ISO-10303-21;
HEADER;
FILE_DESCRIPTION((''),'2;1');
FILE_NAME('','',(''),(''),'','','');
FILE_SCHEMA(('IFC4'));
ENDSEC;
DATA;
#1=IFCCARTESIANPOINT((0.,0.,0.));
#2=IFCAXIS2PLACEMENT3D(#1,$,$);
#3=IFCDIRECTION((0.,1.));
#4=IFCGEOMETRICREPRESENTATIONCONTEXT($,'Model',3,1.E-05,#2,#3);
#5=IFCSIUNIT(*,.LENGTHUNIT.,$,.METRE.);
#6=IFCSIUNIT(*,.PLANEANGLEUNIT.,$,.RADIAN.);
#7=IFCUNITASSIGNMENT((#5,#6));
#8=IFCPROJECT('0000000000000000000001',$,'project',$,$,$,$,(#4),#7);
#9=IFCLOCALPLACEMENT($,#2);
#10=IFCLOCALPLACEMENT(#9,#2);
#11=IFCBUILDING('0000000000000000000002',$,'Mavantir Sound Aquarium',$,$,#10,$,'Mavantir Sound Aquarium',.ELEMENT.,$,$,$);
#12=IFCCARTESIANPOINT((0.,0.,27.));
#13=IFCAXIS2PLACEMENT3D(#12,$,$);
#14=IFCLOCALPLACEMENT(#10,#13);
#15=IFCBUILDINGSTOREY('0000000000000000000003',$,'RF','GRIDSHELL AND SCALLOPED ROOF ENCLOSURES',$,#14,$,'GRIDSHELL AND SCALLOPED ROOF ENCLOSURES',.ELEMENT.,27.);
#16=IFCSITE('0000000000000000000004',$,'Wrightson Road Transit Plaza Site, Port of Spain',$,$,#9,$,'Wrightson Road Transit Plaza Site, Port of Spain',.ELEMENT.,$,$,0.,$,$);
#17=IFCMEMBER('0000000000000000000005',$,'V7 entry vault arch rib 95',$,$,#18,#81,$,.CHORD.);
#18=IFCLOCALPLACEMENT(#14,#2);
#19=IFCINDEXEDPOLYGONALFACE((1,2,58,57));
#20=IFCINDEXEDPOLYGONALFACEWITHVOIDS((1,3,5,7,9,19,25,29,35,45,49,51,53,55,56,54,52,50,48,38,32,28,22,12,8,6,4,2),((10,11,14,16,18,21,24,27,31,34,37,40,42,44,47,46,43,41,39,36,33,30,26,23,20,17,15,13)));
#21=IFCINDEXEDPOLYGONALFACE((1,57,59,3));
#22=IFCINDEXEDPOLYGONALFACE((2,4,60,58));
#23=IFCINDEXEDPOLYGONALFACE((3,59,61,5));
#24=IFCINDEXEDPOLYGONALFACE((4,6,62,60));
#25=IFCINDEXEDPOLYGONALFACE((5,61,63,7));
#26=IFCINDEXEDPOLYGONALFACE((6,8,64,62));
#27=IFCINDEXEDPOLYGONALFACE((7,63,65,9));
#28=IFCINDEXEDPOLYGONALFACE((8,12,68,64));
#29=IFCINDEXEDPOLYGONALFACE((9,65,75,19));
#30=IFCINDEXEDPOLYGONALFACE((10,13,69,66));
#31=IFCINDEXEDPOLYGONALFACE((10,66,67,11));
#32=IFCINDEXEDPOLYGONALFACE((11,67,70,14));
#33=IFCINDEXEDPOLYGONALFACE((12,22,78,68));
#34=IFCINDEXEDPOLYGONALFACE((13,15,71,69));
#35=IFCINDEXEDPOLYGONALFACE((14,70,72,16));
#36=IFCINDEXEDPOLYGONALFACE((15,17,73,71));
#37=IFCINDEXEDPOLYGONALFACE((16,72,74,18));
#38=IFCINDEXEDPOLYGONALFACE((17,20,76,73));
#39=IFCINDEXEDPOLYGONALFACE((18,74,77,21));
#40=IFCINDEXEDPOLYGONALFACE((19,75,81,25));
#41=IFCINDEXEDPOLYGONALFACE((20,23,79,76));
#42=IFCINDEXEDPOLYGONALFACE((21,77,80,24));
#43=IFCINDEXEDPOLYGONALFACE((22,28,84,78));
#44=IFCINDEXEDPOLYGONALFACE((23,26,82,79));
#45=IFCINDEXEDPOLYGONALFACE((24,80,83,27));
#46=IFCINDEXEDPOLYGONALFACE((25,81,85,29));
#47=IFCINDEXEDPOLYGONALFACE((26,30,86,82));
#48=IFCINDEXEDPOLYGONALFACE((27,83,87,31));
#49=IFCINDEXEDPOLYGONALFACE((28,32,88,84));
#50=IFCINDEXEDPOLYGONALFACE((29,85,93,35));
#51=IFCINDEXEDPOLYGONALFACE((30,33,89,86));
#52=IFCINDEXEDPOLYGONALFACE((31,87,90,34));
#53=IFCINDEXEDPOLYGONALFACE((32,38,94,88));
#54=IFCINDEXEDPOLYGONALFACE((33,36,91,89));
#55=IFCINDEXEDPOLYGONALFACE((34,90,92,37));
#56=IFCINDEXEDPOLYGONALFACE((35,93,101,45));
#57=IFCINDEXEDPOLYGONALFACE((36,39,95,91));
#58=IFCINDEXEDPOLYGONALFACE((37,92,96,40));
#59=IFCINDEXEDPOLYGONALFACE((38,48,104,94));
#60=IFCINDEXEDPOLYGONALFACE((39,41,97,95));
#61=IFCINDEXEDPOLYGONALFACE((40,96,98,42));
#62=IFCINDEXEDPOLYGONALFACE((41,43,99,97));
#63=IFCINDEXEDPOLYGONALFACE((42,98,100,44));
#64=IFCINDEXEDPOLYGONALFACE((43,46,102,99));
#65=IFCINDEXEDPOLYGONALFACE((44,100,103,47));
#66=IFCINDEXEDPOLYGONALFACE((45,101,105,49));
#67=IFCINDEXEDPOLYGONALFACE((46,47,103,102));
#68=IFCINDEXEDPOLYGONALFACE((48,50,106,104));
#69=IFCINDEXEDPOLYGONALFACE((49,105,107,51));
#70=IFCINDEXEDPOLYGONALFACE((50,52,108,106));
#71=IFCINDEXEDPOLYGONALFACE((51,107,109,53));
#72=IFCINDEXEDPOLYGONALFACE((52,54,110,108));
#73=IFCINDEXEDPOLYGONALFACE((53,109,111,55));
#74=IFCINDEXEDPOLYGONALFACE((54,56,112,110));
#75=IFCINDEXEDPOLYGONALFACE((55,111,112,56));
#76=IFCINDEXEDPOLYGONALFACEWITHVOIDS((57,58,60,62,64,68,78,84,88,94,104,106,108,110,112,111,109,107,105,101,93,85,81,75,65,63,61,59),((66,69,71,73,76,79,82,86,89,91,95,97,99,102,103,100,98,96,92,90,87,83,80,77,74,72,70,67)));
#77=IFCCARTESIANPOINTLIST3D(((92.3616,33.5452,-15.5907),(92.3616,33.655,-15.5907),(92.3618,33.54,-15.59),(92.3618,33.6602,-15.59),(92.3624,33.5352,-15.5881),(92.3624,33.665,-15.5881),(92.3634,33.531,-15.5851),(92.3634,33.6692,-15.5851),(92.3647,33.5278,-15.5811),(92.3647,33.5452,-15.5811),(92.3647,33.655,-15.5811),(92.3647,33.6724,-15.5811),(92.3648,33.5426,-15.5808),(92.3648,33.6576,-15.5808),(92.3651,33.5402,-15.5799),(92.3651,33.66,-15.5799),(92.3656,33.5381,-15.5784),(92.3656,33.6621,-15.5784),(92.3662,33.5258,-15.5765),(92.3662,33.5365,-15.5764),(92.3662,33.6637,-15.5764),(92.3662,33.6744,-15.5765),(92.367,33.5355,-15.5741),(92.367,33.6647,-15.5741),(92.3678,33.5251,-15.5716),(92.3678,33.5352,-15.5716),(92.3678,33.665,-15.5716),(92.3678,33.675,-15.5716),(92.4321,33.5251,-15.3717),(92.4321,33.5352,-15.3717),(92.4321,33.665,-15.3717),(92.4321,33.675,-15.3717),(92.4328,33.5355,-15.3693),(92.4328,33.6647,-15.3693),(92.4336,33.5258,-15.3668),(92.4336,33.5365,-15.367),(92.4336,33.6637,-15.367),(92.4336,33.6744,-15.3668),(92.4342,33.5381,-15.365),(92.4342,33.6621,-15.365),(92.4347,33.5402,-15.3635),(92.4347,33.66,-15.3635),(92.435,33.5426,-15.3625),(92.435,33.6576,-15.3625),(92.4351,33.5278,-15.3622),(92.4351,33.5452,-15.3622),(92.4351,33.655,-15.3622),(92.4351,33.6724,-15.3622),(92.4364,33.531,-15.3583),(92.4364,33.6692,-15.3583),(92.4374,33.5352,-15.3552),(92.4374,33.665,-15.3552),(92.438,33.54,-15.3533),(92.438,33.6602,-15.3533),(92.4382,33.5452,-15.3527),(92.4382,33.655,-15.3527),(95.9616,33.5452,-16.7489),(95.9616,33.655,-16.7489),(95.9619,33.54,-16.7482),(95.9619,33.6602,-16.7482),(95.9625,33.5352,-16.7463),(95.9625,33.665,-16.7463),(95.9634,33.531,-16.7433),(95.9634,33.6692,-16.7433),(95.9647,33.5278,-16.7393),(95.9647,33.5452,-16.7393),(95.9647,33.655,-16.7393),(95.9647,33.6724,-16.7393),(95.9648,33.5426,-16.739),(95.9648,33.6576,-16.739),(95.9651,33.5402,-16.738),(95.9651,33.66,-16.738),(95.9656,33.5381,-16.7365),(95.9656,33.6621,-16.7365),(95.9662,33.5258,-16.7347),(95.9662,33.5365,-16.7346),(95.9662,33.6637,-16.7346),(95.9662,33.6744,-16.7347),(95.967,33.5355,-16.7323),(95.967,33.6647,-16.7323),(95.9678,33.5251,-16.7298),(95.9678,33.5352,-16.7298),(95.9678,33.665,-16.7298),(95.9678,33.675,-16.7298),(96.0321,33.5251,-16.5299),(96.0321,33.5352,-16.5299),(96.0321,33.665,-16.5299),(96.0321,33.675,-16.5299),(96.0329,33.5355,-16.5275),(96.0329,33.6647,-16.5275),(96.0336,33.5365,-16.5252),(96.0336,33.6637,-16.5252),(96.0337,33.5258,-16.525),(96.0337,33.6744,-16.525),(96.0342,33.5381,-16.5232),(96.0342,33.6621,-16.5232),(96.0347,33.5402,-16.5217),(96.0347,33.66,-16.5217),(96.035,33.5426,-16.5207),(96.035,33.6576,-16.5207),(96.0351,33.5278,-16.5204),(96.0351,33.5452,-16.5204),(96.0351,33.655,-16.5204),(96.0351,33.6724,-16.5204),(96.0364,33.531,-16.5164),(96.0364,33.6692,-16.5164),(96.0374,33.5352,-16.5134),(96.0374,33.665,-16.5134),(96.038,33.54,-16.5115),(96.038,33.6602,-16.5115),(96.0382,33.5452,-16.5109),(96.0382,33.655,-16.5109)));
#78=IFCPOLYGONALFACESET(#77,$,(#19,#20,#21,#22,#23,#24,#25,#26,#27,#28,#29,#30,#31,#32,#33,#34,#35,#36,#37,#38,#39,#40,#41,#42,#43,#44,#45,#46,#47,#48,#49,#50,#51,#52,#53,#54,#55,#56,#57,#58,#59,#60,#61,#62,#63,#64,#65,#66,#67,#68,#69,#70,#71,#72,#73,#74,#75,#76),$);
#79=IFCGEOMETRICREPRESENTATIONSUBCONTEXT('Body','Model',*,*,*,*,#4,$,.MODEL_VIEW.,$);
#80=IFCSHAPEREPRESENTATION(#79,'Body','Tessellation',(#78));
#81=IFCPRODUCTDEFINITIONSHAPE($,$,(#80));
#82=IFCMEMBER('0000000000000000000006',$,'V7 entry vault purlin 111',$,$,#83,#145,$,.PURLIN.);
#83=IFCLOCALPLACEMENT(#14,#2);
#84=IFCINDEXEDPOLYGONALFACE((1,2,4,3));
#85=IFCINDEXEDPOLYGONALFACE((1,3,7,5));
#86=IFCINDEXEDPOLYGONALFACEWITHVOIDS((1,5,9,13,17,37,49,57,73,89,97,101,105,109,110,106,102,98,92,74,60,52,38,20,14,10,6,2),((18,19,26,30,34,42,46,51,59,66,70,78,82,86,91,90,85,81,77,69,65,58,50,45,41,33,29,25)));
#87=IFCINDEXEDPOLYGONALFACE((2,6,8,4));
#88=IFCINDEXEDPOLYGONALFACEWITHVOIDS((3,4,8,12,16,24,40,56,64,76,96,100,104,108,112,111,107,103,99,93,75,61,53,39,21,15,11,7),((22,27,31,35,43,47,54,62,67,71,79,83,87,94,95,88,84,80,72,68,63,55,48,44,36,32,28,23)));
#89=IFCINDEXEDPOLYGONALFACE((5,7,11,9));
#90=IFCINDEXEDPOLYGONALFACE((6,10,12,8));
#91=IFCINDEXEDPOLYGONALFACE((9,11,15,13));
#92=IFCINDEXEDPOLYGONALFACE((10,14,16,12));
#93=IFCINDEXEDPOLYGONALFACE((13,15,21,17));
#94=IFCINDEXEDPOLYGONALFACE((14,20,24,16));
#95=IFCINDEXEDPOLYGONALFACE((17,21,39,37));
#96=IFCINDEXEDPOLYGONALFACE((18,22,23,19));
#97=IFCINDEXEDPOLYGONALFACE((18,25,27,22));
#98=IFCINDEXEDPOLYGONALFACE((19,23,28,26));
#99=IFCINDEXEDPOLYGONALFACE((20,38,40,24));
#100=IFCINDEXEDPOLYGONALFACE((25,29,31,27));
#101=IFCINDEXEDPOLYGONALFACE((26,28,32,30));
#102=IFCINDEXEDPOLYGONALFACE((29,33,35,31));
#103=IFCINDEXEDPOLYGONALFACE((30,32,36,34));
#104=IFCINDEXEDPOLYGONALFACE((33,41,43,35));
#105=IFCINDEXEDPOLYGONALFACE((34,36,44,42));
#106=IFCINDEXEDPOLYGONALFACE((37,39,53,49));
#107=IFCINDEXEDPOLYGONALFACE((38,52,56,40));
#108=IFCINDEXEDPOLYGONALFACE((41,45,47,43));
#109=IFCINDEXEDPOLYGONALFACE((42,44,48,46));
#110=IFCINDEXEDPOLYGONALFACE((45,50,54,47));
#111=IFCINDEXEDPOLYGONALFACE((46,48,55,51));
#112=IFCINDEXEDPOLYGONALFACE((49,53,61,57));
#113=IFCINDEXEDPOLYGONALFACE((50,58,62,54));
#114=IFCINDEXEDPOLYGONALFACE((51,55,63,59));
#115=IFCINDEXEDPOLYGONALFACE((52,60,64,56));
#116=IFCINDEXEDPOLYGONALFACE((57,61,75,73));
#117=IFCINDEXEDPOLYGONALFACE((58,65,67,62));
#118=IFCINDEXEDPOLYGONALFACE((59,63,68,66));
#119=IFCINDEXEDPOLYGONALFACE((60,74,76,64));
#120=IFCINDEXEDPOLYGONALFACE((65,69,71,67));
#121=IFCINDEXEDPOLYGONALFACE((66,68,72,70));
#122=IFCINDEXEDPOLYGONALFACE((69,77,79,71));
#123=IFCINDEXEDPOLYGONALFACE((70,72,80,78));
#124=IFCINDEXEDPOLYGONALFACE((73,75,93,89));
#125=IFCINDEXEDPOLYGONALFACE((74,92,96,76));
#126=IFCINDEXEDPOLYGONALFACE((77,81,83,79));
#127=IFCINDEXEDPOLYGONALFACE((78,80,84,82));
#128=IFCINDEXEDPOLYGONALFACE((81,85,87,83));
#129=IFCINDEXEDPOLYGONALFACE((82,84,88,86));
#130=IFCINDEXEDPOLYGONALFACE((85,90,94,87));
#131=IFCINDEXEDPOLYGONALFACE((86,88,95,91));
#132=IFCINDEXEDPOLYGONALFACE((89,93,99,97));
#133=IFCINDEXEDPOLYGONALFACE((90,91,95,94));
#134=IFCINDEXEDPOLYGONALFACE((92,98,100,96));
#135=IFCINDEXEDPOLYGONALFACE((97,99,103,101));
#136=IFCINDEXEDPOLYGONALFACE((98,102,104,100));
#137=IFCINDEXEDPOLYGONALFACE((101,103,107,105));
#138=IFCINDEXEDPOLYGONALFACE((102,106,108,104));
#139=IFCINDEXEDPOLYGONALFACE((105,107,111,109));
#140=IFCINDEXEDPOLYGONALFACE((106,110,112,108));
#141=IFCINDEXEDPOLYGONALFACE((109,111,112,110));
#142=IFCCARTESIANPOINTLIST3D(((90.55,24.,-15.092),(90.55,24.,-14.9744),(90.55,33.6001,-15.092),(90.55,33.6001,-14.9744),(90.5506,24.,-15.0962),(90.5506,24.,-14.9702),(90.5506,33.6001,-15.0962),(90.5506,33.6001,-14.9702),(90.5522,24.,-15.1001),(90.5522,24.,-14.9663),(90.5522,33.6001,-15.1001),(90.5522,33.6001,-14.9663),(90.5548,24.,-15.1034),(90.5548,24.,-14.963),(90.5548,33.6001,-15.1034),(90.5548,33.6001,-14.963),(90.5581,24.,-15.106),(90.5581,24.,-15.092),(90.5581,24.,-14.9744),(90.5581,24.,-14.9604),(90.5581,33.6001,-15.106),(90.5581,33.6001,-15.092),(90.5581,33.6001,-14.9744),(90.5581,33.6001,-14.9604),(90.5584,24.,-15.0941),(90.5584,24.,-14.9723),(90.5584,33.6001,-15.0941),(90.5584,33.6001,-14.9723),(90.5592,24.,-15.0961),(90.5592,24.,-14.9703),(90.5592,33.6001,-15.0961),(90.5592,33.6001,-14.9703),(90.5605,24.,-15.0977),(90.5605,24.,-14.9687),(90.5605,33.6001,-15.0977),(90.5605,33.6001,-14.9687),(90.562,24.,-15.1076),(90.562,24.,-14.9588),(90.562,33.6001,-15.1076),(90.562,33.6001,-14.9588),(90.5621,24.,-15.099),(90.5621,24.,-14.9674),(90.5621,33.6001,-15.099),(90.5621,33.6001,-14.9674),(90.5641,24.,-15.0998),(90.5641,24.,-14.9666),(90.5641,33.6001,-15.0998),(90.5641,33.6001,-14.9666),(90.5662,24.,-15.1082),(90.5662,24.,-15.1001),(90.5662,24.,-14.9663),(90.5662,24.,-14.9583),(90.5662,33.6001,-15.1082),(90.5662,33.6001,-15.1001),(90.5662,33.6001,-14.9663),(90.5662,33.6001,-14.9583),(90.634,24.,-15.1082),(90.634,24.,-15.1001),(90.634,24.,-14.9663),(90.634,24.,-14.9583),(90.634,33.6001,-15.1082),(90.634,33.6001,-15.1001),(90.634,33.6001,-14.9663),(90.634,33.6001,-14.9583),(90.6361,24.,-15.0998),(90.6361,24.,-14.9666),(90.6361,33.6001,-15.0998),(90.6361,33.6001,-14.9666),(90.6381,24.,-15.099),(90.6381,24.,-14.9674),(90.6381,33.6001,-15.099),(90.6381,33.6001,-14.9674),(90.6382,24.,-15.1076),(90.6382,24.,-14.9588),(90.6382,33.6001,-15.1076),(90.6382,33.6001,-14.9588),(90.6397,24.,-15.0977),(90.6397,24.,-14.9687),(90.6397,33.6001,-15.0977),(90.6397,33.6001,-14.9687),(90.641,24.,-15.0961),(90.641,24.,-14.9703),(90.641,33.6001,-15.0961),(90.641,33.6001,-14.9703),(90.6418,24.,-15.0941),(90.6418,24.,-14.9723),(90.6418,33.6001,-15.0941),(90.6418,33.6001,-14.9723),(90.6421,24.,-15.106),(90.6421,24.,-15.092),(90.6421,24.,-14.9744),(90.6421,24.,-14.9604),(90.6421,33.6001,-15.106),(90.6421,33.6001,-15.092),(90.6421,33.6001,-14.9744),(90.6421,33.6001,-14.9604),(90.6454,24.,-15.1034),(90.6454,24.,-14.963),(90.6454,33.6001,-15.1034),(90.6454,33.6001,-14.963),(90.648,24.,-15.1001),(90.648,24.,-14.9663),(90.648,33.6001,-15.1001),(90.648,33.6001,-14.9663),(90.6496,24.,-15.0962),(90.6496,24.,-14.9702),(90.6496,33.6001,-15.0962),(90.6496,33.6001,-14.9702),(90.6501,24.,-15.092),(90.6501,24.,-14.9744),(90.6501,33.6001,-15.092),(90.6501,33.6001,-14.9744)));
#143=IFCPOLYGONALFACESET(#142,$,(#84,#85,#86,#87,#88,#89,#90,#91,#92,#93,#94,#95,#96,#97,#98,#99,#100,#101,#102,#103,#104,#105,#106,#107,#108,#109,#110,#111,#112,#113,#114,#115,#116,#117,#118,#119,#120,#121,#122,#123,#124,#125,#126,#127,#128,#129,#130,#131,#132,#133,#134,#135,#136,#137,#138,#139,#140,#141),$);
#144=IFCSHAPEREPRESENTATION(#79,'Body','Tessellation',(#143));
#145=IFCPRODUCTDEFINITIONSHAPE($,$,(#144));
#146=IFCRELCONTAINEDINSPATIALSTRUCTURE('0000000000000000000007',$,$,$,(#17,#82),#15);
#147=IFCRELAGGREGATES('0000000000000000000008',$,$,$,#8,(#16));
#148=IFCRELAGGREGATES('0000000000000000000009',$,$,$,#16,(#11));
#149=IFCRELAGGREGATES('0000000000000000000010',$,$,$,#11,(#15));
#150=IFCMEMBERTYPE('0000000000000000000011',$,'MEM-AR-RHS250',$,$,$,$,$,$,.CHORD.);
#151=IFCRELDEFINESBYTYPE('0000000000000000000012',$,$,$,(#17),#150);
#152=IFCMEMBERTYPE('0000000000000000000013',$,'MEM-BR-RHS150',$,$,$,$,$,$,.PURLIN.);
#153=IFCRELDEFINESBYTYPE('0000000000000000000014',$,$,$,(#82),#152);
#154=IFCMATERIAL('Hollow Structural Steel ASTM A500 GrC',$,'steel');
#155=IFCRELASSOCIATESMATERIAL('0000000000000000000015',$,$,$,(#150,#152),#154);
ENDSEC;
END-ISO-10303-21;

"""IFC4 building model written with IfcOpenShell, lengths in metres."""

from ifc_helpers import new_model, si_unit, direction, frame, origin, origin_2d, place, context, subcontext, project, spatial, hollow_rectangle, extrude, material, material_profile, profile_set, type_object, element, save


model = new_model("IFC4")

# Units and contexts
model_context = context("Model", 3, precision=1e-05, world=origin(), true_north=direction((0.0, 1.0)))
body_context = subcontext(model_context, "Body", "Model", "MODEL_VIEW")
ifc_project = project(units=[si_unit("LENGTHUNIT", "METRE"), si_unit("PLANEANGLEUNIT", "RADIAN")], contexts=[model_context])

# Site, building, storey
site_placement = place(None, origin())
site = spatial("IfcSite", under=ifc_project, at=site_placement, Name="Wrightson Road Transit Plaza Site, Port of Spain", LongName="Wrightson Road Transit Plaza Site, Port of Spain", CompositionType="ELEMENT", RefElevation=0.0)
building_placement = place(site_placement, origin())
building = spatial("IfcBuilding", under=site, at=building_placement, Name="Mavantir Sound Aquarium", LongName="Mavantir Sound Aquarium", CompositionType="ELEMENT")
storey_placement = place(building_placement, frame((0.0, 0.0, 27.0)))
storey = spatial("IfcBuildingStorey", under=building, at=storey_placement, Name="RF", Description="GRIDSHELL AND SCALLOPED ROOF ENCLOSURES", LongName="GRIDSHELL AND SCALLOPED ROOF ENCLOSURES", CompositionType="ELEMENT", Elevation=27.0)

# Shared definitions
ifc_material_1 = material(Name="Hollow Structural Steel ASTM A500 GrC", Category="steel")

# Members
ifc_material_profile_1 = material_profile(ifc_material_1, hollow_rectangle(XDim=0.1499, YDim=0.25, WallThickness=0.01, InnerFilletRadius=0.01, OuterFilletRadius=0.02, at=origin_2d()), Name="RHS 250X150X10")
ifc_profile_set_1 = profile_set([ifc_material_profile_1], Name="Hollow Structural Steel ASTM A500 GrC")
member_type_1 = type_object("IfcMemberType", Name="MEM-AR-RHS250", PredefinedType="CHORD", material=ifc_profile_set_1)
member_1_placement = place(storey_placement, frame((92.3999, 33.6001, -15.4717), z_axis=(0.951949, 0.0, -0.306256), x_axis=(0.0, 1.0, 0.0)))
element("IfcMember", 1, at=member_1_placement, inside=storey, type_object=member_type_1, Name="V7 entry vault arch rib 95", PredefinedType="CHORD", context=body_context, shape_type="SweptSolid", body=[
    extrude(hollow_rectangle(XDim=0.1499, YDim=0.25, WallThickness=0.01, InnerFilletRadius=0.01, OuterFilletRadius=0.02, at=origin_2d()), origin(), (0.0, 0.0, 1.0), 3.7817),
])
ifc_material_profile_2 = material_profile(ifc_material_1, hollow_rectangle(XDim=0.1001, YDim=0.1499, WallThickness=0.0081, InnerFilletRadius=0.0081, OuterFilletRadius=0.0161, at=origin_2d()), Name="RHS 150X100X8")
ifc_profile_set_2 = profile_set([ifc_material_profile_2], Name="Hollow Structural Steel ASTM A500 GrC")
member_type_2 = type_object("IfcMemberType", Name="MEM-BR-RHS150", PredefinedType="PURLIN", material=ifc_profile_set_2)
for number, where, z_axis, x_axis, name in (
    (2, (90.6001, 24.0, -15.0332), (0.0, 1.0, 0.0), (-1.0, 0.0, 0.0), "V7 entry vault purlin 111"),
):
    element("IfcMember", number, at=place(storey_placement, frame(where, z_axis=z_axis, x_axis=x_axis)), inside=storey, type_object=member_type_2, Name=name, PredefinedType="PURLIN", context=body_context, shape_type="SweptSolid", body=[
        extrude(hollow_rectangle(XDim=0.1001, YDim=0.1499, WallThickness=0.0081, InnerFilletRadius=0.0081, OuterFilletRadius=0.0161, at=origin_2d()), origin(), (0.0, 0.0, 1.0), 9.6001),
    ])

save(model, "model.ifc")
